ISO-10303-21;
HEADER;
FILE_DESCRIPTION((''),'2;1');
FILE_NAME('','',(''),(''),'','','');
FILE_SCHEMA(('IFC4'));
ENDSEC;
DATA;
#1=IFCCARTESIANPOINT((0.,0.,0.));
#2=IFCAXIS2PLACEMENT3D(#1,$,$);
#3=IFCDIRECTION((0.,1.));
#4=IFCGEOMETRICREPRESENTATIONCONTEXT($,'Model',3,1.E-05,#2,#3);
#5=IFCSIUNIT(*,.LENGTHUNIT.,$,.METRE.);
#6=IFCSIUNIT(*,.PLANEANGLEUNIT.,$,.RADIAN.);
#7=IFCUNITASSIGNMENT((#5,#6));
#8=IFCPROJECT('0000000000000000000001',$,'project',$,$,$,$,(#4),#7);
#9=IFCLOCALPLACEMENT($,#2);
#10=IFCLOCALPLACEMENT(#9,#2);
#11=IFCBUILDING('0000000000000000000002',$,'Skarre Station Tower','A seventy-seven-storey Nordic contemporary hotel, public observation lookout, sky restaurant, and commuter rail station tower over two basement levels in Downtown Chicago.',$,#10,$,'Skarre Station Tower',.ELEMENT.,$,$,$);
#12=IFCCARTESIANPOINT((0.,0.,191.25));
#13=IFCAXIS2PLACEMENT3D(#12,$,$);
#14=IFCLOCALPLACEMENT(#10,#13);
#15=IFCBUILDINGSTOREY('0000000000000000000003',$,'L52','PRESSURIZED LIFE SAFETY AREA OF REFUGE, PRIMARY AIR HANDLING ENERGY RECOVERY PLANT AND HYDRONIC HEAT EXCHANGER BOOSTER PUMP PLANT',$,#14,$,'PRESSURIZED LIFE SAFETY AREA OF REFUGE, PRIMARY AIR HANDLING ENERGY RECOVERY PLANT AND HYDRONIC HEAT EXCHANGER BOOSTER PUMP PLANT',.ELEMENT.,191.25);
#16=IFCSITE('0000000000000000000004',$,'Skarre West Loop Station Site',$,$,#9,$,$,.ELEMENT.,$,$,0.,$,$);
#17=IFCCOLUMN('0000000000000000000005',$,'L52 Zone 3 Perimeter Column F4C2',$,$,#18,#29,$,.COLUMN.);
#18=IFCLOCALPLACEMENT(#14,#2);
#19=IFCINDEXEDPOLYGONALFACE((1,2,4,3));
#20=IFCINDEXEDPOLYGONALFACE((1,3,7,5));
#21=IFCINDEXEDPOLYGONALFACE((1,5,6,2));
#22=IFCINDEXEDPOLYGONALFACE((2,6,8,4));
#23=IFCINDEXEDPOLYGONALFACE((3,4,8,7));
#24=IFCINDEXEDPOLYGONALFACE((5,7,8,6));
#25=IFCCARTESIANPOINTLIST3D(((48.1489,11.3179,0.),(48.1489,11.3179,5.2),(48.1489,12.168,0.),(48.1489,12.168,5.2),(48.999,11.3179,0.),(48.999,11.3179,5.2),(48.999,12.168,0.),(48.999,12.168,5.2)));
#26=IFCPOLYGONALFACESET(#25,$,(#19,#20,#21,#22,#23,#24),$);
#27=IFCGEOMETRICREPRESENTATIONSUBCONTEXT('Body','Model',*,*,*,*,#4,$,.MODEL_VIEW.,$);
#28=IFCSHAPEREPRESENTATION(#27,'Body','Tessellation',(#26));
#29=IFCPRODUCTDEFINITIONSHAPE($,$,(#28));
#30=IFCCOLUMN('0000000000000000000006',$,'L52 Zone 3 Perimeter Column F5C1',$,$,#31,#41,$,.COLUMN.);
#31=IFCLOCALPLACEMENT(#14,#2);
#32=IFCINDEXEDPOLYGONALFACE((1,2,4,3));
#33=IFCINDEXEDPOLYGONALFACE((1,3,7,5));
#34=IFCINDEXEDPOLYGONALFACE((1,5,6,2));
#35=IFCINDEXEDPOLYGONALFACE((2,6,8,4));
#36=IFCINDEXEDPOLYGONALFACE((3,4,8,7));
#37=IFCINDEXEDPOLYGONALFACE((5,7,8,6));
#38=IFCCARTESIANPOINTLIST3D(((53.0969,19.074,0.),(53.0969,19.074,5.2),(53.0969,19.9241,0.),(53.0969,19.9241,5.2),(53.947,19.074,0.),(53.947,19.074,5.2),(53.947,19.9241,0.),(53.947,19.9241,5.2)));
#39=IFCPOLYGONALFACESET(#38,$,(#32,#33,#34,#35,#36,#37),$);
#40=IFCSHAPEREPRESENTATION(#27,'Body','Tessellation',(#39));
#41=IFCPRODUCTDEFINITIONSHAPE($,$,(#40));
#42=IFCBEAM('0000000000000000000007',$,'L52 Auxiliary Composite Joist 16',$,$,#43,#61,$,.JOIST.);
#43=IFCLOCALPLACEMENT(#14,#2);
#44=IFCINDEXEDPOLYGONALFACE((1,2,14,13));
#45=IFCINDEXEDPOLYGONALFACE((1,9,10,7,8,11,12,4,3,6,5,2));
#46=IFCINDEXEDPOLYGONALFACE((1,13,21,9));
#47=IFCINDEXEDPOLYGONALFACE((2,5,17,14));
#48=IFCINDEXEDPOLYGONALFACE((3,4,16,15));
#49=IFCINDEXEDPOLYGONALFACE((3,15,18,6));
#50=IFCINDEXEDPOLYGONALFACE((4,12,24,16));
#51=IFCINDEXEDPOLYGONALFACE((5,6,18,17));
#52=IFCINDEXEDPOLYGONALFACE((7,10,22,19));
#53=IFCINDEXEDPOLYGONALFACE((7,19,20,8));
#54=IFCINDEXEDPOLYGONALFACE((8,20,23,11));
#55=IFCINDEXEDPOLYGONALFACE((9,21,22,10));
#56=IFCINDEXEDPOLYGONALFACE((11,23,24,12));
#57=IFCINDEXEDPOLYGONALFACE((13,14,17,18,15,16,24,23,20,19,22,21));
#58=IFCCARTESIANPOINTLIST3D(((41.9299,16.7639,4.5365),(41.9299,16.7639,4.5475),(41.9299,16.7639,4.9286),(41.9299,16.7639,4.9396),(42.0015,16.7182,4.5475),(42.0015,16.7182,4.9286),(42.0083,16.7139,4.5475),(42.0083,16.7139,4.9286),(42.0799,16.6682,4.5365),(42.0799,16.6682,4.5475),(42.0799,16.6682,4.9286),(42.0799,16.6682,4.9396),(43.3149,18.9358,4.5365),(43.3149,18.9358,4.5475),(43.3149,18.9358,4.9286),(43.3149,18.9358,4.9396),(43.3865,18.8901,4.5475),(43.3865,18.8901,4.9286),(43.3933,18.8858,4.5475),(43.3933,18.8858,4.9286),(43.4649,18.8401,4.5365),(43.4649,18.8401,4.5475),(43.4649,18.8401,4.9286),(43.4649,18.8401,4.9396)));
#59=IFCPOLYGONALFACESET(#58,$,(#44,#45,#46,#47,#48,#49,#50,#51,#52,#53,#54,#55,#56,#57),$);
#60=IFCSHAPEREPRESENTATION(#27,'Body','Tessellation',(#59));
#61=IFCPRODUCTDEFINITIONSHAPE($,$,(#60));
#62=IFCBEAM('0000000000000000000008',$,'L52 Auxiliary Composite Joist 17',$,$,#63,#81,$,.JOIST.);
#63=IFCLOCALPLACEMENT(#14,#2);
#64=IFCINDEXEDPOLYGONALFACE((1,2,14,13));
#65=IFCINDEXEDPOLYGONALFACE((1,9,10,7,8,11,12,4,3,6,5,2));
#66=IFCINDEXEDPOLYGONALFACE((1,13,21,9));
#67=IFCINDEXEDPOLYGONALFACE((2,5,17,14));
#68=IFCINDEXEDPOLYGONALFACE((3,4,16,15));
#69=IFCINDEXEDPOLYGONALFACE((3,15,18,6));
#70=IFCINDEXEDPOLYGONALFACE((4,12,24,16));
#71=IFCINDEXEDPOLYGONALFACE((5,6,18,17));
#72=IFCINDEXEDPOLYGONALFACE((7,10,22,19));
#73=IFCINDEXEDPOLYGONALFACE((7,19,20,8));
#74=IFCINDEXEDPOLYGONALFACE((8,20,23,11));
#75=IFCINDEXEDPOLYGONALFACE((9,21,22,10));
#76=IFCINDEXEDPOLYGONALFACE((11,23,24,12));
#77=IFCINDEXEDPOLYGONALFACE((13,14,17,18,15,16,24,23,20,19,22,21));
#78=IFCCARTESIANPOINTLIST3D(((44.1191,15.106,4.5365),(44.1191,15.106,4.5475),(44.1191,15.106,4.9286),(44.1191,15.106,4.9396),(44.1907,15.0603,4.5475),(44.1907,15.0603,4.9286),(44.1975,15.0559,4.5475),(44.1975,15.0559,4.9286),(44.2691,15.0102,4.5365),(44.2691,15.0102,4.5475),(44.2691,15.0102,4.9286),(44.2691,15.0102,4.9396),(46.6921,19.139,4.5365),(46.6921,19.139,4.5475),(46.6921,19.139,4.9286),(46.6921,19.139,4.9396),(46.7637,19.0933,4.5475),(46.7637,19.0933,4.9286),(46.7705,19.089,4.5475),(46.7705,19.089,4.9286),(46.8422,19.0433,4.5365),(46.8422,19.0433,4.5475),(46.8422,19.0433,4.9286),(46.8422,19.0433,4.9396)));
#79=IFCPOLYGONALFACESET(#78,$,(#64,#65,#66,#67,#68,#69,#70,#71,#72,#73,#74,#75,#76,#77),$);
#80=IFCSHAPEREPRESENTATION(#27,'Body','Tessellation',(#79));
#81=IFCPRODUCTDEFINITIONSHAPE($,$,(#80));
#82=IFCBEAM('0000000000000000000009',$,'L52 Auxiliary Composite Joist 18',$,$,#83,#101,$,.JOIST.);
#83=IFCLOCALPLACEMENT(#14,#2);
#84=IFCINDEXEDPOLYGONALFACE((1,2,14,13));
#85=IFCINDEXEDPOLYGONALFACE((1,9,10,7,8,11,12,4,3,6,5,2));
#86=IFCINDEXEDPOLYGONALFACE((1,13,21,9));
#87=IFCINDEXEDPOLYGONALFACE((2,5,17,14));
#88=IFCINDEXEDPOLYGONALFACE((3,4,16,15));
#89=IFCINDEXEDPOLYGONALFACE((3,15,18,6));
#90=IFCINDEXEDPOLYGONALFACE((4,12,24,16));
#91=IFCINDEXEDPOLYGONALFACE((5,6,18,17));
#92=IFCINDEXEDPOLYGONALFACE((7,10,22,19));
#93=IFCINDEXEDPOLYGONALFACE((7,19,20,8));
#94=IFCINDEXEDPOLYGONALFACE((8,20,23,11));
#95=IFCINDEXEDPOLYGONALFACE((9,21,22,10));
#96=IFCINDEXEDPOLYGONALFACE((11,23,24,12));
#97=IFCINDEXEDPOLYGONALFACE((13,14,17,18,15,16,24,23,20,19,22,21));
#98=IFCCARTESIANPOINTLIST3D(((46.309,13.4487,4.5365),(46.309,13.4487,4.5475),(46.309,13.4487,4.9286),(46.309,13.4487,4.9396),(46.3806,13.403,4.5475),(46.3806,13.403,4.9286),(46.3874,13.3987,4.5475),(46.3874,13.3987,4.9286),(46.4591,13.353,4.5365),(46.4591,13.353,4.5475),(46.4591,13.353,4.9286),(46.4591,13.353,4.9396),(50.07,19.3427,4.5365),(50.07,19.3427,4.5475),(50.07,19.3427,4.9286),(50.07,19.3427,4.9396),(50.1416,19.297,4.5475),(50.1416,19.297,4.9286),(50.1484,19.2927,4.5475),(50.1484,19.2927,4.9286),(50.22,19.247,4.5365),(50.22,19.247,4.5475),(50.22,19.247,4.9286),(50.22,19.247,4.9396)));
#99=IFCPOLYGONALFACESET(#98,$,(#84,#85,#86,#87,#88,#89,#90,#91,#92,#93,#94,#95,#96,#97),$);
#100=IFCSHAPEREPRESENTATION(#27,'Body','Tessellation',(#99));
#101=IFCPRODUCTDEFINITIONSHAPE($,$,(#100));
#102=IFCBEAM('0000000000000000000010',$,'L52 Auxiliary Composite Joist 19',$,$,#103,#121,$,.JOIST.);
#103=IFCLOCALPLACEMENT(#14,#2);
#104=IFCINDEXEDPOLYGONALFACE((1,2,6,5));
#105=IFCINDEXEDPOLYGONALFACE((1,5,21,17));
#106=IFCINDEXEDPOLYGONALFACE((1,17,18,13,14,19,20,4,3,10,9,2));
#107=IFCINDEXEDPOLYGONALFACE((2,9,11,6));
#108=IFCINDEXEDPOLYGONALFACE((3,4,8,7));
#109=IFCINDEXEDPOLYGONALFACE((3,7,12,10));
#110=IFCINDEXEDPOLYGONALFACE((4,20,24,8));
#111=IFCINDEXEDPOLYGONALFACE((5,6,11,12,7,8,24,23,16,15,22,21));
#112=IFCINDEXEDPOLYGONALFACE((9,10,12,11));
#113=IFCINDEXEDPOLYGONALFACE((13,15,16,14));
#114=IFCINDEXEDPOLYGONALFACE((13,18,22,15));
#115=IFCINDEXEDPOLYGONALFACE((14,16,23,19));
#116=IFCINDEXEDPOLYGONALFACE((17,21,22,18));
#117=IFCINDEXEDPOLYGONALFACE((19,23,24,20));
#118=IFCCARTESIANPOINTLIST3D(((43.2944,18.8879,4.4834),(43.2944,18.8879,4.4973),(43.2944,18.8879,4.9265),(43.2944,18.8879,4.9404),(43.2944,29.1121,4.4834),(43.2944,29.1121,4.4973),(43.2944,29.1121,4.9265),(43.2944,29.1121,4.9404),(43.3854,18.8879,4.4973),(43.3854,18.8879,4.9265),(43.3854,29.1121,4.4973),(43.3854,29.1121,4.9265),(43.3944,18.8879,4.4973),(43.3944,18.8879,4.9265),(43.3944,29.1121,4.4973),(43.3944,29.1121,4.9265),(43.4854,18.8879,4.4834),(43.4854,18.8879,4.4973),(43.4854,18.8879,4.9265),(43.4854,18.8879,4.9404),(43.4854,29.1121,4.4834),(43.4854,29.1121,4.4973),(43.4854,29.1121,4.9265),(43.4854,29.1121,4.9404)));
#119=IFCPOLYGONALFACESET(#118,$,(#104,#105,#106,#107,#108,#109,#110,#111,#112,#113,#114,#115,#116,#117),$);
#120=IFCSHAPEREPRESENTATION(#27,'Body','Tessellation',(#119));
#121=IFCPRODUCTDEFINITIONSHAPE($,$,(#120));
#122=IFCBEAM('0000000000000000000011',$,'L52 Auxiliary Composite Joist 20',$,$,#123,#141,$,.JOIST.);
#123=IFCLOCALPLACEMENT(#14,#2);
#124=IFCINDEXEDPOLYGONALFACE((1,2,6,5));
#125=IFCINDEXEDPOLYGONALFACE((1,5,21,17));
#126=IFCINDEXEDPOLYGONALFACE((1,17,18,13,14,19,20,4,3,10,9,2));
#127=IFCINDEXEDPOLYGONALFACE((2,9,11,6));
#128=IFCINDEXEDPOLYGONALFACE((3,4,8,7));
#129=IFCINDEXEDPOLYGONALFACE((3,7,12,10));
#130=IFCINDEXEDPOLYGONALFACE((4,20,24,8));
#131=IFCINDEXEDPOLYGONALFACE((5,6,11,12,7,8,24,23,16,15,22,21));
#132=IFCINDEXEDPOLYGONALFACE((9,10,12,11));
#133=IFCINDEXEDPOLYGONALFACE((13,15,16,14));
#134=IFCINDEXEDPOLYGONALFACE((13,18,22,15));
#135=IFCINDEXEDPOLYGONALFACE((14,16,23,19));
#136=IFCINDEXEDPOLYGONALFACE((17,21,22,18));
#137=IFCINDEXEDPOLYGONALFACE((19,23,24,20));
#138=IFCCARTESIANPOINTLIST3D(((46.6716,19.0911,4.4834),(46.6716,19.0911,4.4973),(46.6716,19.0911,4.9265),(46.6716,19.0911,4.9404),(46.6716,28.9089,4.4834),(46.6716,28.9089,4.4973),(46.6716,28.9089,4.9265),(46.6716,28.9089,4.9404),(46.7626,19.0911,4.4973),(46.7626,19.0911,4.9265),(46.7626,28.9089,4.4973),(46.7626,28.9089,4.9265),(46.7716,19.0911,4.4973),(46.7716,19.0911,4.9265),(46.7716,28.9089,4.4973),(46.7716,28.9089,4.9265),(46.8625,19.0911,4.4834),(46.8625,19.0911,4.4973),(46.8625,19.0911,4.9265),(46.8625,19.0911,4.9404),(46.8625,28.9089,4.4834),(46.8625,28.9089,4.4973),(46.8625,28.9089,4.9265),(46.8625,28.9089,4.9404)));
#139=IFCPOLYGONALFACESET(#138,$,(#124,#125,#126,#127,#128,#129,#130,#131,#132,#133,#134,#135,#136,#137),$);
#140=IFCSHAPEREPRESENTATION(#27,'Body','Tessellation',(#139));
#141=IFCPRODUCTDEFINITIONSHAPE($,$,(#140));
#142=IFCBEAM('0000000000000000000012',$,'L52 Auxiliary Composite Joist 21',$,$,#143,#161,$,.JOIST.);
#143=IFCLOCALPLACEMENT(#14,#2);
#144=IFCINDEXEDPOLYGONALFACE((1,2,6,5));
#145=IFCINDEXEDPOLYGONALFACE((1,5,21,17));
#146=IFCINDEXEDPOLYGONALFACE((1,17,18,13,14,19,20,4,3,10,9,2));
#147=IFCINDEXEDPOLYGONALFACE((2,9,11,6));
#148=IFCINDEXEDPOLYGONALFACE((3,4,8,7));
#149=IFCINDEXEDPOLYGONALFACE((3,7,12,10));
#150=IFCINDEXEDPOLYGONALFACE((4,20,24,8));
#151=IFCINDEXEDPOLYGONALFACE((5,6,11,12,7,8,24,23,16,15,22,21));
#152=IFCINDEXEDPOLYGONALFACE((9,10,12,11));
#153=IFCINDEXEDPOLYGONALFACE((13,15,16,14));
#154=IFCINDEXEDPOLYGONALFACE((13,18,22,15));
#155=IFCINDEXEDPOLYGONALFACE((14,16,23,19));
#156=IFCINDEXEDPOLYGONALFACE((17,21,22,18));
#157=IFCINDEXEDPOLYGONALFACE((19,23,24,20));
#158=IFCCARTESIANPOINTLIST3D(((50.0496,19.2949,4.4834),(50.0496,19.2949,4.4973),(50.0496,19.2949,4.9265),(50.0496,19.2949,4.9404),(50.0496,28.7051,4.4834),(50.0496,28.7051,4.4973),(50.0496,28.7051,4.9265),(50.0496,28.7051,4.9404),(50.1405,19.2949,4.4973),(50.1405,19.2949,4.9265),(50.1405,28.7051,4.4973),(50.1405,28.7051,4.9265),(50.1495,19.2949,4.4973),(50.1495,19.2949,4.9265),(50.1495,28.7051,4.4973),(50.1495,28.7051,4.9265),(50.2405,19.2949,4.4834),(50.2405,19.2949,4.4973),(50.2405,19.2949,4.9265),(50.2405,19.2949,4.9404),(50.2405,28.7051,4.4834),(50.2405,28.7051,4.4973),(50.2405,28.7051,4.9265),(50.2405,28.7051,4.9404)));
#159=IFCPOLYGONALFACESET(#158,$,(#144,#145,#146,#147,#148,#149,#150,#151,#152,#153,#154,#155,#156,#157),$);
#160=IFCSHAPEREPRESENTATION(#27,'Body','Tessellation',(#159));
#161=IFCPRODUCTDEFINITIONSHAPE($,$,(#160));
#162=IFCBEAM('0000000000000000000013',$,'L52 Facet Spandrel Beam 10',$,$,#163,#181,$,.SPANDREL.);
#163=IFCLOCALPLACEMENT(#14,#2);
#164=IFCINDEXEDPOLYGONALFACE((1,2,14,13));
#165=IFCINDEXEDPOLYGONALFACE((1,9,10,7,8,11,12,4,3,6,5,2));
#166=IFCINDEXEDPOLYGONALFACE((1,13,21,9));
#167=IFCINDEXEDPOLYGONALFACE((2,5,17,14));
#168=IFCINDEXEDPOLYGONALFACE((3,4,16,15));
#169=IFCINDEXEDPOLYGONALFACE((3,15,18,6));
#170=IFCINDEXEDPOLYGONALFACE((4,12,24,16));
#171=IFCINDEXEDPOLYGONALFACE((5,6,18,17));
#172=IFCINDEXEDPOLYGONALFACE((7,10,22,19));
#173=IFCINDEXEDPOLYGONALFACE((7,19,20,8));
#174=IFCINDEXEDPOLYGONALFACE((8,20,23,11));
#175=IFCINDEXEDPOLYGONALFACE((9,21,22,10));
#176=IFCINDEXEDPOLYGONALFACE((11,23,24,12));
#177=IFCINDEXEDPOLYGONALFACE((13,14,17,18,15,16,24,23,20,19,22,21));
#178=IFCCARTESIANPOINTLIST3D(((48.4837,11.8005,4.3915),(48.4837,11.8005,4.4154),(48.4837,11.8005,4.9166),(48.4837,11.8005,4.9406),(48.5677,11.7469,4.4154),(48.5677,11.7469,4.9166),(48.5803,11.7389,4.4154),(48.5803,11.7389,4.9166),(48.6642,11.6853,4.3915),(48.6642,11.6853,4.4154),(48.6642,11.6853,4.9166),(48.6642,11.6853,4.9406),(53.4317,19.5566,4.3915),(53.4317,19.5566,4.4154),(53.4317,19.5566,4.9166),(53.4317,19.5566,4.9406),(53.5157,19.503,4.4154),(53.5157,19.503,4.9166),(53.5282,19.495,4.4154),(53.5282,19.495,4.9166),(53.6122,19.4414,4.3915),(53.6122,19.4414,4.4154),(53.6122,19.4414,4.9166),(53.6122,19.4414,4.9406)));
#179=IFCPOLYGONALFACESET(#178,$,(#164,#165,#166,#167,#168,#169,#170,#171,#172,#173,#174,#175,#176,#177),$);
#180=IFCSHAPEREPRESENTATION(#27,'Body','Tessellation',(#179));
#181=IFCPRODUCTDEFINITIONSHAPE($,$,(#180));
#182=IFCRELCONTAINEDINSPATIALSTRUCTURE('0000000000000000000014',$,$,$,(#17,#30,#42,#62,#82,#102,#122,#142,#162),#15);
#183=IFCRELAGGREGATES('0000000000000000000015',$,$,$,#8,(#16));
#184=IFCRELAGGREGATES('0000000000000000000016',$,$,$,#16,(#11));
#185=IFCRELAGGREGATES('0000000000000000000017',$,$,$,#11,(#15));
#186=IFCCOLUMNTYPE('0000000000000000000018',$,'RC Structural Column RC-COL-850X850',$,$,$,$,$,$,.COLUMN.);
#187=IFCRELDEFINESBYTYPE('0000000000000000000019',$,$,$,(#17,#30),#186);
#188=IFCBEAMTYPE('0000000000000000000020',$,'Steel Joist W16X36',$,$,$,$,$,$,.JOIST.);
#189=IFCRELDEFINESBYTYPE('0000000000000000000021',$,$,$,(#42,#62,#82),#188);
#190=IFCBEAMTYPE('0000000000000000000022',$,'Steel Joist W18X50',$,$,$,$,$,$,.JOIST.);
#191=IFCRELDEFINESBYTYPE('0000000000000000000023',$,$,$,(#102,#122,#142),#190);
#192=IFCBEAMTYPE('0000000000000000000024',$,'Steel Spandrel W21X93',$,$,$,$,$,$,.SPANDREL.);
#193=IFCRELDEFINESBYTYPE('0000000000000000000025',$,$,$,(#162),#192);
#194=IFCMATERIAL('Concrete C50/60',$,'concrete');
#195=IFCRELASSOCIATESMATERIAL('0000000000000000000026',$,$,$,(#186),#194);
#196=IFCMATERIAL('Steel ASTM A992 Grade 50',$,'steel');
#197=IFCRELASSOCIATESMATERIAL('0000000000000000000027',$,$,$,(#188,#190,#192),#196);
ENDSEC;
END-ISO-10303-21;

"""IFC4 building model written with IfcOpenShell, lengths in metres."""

from ifc_helpers import new_model, si_unit, direction, frame, origin, origin_2d, place, context, subcontext, project, spatial, rectangle, i_section, extrude, material, material_profile, profile_set, type_object, element, save


model = new_model("IFC4")

# Units and contexts
model_context = context("Model", 3, precision=1e-05, world=origin(), true_north=direction((0.0, 1.0)))
body_context = subcontext(model_context, "Body", "Model", "MODEL_VIEW")
ifc_project = project(units=[si_unit("LENGTHUNIT", "METRE"), si_unit("PLANEANGLEUNIT", "RADIAN")], contexts=[model_context])

# Site, building, storey
site_placement = place(None, origin())
site = spatial("IfcSite", under=ifc_project, at=site_placement, Name="Skarre West Loop Station Site", CompositionType="ELEMENT", RefElevation=0.0)
building_placement = place(site_placement, origin())
building = spatial("IfcBuilding", under=site, at=building_placement, Name="Skarre Station Tower", Description="A seventy-seven-storey Nordic contemporary hotel, public observation lookout, sky restaurant, and commuter rail station tower over two basement levels in Downtown Chicago.", LongName="Skarre Station Tower", CompositionType="ELEMENT")
storey_placement = place(building_placement, frame((0.0, 0.0, 191.25)))
storey = spatial("IfcBuildingStorey", under=building, at=storey_placement, Name="L52", Description="PRESSURIZED LIFE SAFETY AREA OF REFUGE, PRIMARY AIR HANDLING ENERGY RECOVERY PLANT AND HYDRONIC HEAT EXCHANGER BOOSTER PUMP PLANT", LongName="PRESSURIZED LIFE SAFETY AREA OF REFUGE, PRIMARY AIR HANDLING ENERGY RECOVERY PLANT AND HYDRONIC HEAT EXCHANGER BOOSTER PUMP PLANT", CompositionType="ELEMENT", Elevation=191.25)

# Columns
ifc_material_1 = material(Name="Concrete C50/60", Category="concrete")
ifc_material_profile_1 = material_profile(ifc_material_1, rectangle(XDim=0.8501, YDim=0.8501, at=origin_2d()), Name="Concrete C50/60")
ifc_profile_set_1 = profile_set([ifc_material_profile_1], Name="Concrete C50/60")
column_type = type_object("IfcColumnType", Name="RC Structural Column RC-COL-850X850", PredefinedType="COLUMN", material=ifc_profile_set_1)
for number, where, z_axis, x_axis, name in (
    (1, (48.574, 11.7429, 0.0), (0.0, 0.0, 1.0), (1.0, 0.0, 0.0), "L52 Zone 3 Perimeter Column F4C2"),
    (2, (53.522, 19.499, 0.0), (0.0, 0.0, 1.0), (1.0, 0.0, 0.0), "L52 Zone 3 Perimeter Column F5C1"),
):
    element("IfcColumn", number, at=place(storey_placement, frame(where, z_axis=z_axis, x_axis=x_axis)), inside=storey, type_object=column_type, Name=name, PredefinedType="COLUMN", context=body_context, shape_type="SweptSolid", body=[
        extrude(rectangle(XDim=0.8501, YDim=0.8501, at=origin_2d()), origin(), (0.0, 0.0, 1.0), 5.2),
    ])

# Beams
ifc_material_2 = material(Name="Steel ASTM A992 Grade 50", Category="steel")
ifc_material_profile_2 = material_profile(ifc_material_2, i_section(OverallWidth=0.178, OverallDepth=0.4031, WebThickness=0.0081, FlangeThickness=0.011, at=origin_2d()), Name="Steel ASTM A992 Grade 50")
ifc_profile_set_2 = profile_set([ifc_material_profile_2], Name="Steel ASTM A992 Grade 50")
beam_type_1 = type_object("IfcBeamType", Name="Steel Joist W16X36", PredefinedType="JOIST", material=ifc_profile_set_2)
beam_1_placement = place(storey_placement, frame((42.0049, 16.7161, 4.738), z_axis=(0.537679, 0.84315, 0.0), x_axis=(-0.84315, 0.537679, 0.0)))
element("IfcBeam", 3, at=beam_1_placement, inside=storey, type_object=beam_type_1, Name="L52 Auxiliary Composite Joist 16", PredefinedType="JOIST", context=body_context, shape_type="SweptSolid", body=[
    extrude(i_section(OverallWidth=0.178, OverallDepth=0.4031, WebThickness=0.0081, FlangeThickness=0.011, at=origin_2d()), origin(), (0.0, 0.0, 1.0), 2.5759),
])
beam_2_placement = place(storey_placement, frame((44.1941, 15.0581, 4.738), z_axis=(0.537853, 0.843039, 0.0), x_axis=(-0.843039, 0.537853, 0.0)))
element("IfcBeam", 4, at=beam_2_placement, inside=storey, type_object=beam_type_1, Name="L52 Auxiliary Composite Joist 17", PredefinedType="JOIST", context=body_context, shape_type="SweptSolid", body=[
    extrude(i_section(OverallWidth=0.178, OverallDepth=0.4031, WebThickness=0.0081, FlangeThickness=0.011, at=origin_2d()), origin(), (0.0, 0.0, 1.0), 4.7839),
])
beam_3_placement = place(storey_placement, frame((46.384, 13.4009, 4.738), z_axis=(0.537917, 0.842998, 0.0), x_axis=(-0.842998, 0.537917, 0.0)))
element("IfcBeam", 5, at=beam_3_placement, inside=storey, type_object=beam_type_1, Name="L52 Auxiliary Composite Joist 18", PredefinedType="JOIST", context=body_context, shape_type="SweptSolid", body=[
    extrude(i_section(OverallWidth=0.178, OverallDepth=0.4031, WebThickness=0.0081, FlangeThickness=0.011, at=origin_2d()), origin(), (0.0, 0.0, 1.0), 6.9917),
])
ifc_material_profile_3 = material_profile(ifc_material_2, i_section(OverallWidth=0.1909, OverallDepth=0.457, WebThickness=0.009, FlangeThickness=0.0139, at=origin_2d()), Name="Steel ASTM A992 Grade 50")
ifc_profile_set_3 = profile_set([ifc_material_profile_3], Name="Steel ASTM A992 Grade 50")
beam_type_2 = type_object("IfcBeamType", Name="Steel Joist W18X50", PredefinedType="JOIST", material=ifc_profile_set_3)
beam_4_placement = place(storey_placement, frame((43.3899, 18.8879, 4.7119), z_axis=(0.0, 1.0, 0.0), x_axis=(-1.0, 0.0, 0.0)))
element("IfcBeam", 6, at=beam_4_placement, inside=storey, type_object=beam_type_2, Name="L52 Auxiliary Composite Joist 19", PredefinedType="JOIST", context=body_context, shape_type="SweptSolid", body=[
    extrude(i_section(OverallWidth=0.1909, OverallDepth=0.457, WebThickness=0.009, FlangeThickness=0.0139, at=origin_2d()), origin(), (0.0, 0.0, 1.0), 10.2241),
])
beam_5_placement = place(storey_placement, frame((46.7671, 19.0911, 4.7119), z_axis=(0.0, 1.0, 0.0), x_axis=(-1.0, 0.0, 0.0)))
element("IfcBeam", 7, at=beam_5_placement, inside=storey, type_object=beam_type_2, Name="L52 Auxiliary Composite Joist 20", PredefinedType="JOIST", context=body_context, shape_type="SweptSolid", body=[
    extrude(i_section(OverallWidth=0.1909, OverallDepth=0.457, WebThickness=0.009, FlangeThickness=0.0139, at=origin_2d()), origin(), (0.0, 0.0, 1.0), 9.8179),
])
beam_6_placement = place(storey_placement, frame((50.145, 19.2949, 4.7119), z_axis=(0.0, 1.0, 0.0), x_axis=(-1.0, 0.0, 0.0)))
element("IfcBeam", 8, at=beam_6_placement, inside=storey, type_object=beam_type_2, Name="L52 Auxiliary Composite Joist 21", PredefinedType="JOIST", context=body_context, shape_type="SweptSolid", body=[
    extrude(i_section(OverallWidth=0.1909, OverallDepth=0.457, WebThickness=0.009, FlangeThickness=0.0139, at=origin_2d()), origin(), (0.0, 0.0, 1.0), 9.4102),
])
ifc_material_profile_4 = material_profile(ifc_material_2, i_section(OverallWidth=0.2141, OverallDepth=0.5491, WebThickness=0.0149, FlangeThickness=0.0239, at=origin_2d()), Name="Steel ASTM A992 Grade 50")
ifc_profile_set_4 = profile_set([ifc_material_profile_4], Name="Steel ASTM A992 Grade 50")
beam_type_3 = type_object("IfcBeamType", Name="Steel Spandrel W21X93", PredefinedType="SPANDREL", material=ifc_profile_set_4)
beam_7_placement = place(storey_placement, frame((48.574, 11.7429, 4.666), z_axis=(0.537826, 0.843056, 0.0), x_axis=(-0.843056, 0.537826, 0.0)))
element("IfcBeam", 9, at=beam_7_placement, inside=storey, type_object=beam_type_3, Name="L52 Facet Spandrel Beam 10", PredefinedType="SPANDREL", context=body_context, shape_type="SweptSolid", body=[
    extrude(i_section(OverallWidth=0.2141, OverallDepth=0.5491, WebThickness=0.0149, FlangeThickness=0.0239, at=origin_2d()), origin(), (0.0, 0.0, 1.0), 9.2),
])

save(model, "model.ifc")
